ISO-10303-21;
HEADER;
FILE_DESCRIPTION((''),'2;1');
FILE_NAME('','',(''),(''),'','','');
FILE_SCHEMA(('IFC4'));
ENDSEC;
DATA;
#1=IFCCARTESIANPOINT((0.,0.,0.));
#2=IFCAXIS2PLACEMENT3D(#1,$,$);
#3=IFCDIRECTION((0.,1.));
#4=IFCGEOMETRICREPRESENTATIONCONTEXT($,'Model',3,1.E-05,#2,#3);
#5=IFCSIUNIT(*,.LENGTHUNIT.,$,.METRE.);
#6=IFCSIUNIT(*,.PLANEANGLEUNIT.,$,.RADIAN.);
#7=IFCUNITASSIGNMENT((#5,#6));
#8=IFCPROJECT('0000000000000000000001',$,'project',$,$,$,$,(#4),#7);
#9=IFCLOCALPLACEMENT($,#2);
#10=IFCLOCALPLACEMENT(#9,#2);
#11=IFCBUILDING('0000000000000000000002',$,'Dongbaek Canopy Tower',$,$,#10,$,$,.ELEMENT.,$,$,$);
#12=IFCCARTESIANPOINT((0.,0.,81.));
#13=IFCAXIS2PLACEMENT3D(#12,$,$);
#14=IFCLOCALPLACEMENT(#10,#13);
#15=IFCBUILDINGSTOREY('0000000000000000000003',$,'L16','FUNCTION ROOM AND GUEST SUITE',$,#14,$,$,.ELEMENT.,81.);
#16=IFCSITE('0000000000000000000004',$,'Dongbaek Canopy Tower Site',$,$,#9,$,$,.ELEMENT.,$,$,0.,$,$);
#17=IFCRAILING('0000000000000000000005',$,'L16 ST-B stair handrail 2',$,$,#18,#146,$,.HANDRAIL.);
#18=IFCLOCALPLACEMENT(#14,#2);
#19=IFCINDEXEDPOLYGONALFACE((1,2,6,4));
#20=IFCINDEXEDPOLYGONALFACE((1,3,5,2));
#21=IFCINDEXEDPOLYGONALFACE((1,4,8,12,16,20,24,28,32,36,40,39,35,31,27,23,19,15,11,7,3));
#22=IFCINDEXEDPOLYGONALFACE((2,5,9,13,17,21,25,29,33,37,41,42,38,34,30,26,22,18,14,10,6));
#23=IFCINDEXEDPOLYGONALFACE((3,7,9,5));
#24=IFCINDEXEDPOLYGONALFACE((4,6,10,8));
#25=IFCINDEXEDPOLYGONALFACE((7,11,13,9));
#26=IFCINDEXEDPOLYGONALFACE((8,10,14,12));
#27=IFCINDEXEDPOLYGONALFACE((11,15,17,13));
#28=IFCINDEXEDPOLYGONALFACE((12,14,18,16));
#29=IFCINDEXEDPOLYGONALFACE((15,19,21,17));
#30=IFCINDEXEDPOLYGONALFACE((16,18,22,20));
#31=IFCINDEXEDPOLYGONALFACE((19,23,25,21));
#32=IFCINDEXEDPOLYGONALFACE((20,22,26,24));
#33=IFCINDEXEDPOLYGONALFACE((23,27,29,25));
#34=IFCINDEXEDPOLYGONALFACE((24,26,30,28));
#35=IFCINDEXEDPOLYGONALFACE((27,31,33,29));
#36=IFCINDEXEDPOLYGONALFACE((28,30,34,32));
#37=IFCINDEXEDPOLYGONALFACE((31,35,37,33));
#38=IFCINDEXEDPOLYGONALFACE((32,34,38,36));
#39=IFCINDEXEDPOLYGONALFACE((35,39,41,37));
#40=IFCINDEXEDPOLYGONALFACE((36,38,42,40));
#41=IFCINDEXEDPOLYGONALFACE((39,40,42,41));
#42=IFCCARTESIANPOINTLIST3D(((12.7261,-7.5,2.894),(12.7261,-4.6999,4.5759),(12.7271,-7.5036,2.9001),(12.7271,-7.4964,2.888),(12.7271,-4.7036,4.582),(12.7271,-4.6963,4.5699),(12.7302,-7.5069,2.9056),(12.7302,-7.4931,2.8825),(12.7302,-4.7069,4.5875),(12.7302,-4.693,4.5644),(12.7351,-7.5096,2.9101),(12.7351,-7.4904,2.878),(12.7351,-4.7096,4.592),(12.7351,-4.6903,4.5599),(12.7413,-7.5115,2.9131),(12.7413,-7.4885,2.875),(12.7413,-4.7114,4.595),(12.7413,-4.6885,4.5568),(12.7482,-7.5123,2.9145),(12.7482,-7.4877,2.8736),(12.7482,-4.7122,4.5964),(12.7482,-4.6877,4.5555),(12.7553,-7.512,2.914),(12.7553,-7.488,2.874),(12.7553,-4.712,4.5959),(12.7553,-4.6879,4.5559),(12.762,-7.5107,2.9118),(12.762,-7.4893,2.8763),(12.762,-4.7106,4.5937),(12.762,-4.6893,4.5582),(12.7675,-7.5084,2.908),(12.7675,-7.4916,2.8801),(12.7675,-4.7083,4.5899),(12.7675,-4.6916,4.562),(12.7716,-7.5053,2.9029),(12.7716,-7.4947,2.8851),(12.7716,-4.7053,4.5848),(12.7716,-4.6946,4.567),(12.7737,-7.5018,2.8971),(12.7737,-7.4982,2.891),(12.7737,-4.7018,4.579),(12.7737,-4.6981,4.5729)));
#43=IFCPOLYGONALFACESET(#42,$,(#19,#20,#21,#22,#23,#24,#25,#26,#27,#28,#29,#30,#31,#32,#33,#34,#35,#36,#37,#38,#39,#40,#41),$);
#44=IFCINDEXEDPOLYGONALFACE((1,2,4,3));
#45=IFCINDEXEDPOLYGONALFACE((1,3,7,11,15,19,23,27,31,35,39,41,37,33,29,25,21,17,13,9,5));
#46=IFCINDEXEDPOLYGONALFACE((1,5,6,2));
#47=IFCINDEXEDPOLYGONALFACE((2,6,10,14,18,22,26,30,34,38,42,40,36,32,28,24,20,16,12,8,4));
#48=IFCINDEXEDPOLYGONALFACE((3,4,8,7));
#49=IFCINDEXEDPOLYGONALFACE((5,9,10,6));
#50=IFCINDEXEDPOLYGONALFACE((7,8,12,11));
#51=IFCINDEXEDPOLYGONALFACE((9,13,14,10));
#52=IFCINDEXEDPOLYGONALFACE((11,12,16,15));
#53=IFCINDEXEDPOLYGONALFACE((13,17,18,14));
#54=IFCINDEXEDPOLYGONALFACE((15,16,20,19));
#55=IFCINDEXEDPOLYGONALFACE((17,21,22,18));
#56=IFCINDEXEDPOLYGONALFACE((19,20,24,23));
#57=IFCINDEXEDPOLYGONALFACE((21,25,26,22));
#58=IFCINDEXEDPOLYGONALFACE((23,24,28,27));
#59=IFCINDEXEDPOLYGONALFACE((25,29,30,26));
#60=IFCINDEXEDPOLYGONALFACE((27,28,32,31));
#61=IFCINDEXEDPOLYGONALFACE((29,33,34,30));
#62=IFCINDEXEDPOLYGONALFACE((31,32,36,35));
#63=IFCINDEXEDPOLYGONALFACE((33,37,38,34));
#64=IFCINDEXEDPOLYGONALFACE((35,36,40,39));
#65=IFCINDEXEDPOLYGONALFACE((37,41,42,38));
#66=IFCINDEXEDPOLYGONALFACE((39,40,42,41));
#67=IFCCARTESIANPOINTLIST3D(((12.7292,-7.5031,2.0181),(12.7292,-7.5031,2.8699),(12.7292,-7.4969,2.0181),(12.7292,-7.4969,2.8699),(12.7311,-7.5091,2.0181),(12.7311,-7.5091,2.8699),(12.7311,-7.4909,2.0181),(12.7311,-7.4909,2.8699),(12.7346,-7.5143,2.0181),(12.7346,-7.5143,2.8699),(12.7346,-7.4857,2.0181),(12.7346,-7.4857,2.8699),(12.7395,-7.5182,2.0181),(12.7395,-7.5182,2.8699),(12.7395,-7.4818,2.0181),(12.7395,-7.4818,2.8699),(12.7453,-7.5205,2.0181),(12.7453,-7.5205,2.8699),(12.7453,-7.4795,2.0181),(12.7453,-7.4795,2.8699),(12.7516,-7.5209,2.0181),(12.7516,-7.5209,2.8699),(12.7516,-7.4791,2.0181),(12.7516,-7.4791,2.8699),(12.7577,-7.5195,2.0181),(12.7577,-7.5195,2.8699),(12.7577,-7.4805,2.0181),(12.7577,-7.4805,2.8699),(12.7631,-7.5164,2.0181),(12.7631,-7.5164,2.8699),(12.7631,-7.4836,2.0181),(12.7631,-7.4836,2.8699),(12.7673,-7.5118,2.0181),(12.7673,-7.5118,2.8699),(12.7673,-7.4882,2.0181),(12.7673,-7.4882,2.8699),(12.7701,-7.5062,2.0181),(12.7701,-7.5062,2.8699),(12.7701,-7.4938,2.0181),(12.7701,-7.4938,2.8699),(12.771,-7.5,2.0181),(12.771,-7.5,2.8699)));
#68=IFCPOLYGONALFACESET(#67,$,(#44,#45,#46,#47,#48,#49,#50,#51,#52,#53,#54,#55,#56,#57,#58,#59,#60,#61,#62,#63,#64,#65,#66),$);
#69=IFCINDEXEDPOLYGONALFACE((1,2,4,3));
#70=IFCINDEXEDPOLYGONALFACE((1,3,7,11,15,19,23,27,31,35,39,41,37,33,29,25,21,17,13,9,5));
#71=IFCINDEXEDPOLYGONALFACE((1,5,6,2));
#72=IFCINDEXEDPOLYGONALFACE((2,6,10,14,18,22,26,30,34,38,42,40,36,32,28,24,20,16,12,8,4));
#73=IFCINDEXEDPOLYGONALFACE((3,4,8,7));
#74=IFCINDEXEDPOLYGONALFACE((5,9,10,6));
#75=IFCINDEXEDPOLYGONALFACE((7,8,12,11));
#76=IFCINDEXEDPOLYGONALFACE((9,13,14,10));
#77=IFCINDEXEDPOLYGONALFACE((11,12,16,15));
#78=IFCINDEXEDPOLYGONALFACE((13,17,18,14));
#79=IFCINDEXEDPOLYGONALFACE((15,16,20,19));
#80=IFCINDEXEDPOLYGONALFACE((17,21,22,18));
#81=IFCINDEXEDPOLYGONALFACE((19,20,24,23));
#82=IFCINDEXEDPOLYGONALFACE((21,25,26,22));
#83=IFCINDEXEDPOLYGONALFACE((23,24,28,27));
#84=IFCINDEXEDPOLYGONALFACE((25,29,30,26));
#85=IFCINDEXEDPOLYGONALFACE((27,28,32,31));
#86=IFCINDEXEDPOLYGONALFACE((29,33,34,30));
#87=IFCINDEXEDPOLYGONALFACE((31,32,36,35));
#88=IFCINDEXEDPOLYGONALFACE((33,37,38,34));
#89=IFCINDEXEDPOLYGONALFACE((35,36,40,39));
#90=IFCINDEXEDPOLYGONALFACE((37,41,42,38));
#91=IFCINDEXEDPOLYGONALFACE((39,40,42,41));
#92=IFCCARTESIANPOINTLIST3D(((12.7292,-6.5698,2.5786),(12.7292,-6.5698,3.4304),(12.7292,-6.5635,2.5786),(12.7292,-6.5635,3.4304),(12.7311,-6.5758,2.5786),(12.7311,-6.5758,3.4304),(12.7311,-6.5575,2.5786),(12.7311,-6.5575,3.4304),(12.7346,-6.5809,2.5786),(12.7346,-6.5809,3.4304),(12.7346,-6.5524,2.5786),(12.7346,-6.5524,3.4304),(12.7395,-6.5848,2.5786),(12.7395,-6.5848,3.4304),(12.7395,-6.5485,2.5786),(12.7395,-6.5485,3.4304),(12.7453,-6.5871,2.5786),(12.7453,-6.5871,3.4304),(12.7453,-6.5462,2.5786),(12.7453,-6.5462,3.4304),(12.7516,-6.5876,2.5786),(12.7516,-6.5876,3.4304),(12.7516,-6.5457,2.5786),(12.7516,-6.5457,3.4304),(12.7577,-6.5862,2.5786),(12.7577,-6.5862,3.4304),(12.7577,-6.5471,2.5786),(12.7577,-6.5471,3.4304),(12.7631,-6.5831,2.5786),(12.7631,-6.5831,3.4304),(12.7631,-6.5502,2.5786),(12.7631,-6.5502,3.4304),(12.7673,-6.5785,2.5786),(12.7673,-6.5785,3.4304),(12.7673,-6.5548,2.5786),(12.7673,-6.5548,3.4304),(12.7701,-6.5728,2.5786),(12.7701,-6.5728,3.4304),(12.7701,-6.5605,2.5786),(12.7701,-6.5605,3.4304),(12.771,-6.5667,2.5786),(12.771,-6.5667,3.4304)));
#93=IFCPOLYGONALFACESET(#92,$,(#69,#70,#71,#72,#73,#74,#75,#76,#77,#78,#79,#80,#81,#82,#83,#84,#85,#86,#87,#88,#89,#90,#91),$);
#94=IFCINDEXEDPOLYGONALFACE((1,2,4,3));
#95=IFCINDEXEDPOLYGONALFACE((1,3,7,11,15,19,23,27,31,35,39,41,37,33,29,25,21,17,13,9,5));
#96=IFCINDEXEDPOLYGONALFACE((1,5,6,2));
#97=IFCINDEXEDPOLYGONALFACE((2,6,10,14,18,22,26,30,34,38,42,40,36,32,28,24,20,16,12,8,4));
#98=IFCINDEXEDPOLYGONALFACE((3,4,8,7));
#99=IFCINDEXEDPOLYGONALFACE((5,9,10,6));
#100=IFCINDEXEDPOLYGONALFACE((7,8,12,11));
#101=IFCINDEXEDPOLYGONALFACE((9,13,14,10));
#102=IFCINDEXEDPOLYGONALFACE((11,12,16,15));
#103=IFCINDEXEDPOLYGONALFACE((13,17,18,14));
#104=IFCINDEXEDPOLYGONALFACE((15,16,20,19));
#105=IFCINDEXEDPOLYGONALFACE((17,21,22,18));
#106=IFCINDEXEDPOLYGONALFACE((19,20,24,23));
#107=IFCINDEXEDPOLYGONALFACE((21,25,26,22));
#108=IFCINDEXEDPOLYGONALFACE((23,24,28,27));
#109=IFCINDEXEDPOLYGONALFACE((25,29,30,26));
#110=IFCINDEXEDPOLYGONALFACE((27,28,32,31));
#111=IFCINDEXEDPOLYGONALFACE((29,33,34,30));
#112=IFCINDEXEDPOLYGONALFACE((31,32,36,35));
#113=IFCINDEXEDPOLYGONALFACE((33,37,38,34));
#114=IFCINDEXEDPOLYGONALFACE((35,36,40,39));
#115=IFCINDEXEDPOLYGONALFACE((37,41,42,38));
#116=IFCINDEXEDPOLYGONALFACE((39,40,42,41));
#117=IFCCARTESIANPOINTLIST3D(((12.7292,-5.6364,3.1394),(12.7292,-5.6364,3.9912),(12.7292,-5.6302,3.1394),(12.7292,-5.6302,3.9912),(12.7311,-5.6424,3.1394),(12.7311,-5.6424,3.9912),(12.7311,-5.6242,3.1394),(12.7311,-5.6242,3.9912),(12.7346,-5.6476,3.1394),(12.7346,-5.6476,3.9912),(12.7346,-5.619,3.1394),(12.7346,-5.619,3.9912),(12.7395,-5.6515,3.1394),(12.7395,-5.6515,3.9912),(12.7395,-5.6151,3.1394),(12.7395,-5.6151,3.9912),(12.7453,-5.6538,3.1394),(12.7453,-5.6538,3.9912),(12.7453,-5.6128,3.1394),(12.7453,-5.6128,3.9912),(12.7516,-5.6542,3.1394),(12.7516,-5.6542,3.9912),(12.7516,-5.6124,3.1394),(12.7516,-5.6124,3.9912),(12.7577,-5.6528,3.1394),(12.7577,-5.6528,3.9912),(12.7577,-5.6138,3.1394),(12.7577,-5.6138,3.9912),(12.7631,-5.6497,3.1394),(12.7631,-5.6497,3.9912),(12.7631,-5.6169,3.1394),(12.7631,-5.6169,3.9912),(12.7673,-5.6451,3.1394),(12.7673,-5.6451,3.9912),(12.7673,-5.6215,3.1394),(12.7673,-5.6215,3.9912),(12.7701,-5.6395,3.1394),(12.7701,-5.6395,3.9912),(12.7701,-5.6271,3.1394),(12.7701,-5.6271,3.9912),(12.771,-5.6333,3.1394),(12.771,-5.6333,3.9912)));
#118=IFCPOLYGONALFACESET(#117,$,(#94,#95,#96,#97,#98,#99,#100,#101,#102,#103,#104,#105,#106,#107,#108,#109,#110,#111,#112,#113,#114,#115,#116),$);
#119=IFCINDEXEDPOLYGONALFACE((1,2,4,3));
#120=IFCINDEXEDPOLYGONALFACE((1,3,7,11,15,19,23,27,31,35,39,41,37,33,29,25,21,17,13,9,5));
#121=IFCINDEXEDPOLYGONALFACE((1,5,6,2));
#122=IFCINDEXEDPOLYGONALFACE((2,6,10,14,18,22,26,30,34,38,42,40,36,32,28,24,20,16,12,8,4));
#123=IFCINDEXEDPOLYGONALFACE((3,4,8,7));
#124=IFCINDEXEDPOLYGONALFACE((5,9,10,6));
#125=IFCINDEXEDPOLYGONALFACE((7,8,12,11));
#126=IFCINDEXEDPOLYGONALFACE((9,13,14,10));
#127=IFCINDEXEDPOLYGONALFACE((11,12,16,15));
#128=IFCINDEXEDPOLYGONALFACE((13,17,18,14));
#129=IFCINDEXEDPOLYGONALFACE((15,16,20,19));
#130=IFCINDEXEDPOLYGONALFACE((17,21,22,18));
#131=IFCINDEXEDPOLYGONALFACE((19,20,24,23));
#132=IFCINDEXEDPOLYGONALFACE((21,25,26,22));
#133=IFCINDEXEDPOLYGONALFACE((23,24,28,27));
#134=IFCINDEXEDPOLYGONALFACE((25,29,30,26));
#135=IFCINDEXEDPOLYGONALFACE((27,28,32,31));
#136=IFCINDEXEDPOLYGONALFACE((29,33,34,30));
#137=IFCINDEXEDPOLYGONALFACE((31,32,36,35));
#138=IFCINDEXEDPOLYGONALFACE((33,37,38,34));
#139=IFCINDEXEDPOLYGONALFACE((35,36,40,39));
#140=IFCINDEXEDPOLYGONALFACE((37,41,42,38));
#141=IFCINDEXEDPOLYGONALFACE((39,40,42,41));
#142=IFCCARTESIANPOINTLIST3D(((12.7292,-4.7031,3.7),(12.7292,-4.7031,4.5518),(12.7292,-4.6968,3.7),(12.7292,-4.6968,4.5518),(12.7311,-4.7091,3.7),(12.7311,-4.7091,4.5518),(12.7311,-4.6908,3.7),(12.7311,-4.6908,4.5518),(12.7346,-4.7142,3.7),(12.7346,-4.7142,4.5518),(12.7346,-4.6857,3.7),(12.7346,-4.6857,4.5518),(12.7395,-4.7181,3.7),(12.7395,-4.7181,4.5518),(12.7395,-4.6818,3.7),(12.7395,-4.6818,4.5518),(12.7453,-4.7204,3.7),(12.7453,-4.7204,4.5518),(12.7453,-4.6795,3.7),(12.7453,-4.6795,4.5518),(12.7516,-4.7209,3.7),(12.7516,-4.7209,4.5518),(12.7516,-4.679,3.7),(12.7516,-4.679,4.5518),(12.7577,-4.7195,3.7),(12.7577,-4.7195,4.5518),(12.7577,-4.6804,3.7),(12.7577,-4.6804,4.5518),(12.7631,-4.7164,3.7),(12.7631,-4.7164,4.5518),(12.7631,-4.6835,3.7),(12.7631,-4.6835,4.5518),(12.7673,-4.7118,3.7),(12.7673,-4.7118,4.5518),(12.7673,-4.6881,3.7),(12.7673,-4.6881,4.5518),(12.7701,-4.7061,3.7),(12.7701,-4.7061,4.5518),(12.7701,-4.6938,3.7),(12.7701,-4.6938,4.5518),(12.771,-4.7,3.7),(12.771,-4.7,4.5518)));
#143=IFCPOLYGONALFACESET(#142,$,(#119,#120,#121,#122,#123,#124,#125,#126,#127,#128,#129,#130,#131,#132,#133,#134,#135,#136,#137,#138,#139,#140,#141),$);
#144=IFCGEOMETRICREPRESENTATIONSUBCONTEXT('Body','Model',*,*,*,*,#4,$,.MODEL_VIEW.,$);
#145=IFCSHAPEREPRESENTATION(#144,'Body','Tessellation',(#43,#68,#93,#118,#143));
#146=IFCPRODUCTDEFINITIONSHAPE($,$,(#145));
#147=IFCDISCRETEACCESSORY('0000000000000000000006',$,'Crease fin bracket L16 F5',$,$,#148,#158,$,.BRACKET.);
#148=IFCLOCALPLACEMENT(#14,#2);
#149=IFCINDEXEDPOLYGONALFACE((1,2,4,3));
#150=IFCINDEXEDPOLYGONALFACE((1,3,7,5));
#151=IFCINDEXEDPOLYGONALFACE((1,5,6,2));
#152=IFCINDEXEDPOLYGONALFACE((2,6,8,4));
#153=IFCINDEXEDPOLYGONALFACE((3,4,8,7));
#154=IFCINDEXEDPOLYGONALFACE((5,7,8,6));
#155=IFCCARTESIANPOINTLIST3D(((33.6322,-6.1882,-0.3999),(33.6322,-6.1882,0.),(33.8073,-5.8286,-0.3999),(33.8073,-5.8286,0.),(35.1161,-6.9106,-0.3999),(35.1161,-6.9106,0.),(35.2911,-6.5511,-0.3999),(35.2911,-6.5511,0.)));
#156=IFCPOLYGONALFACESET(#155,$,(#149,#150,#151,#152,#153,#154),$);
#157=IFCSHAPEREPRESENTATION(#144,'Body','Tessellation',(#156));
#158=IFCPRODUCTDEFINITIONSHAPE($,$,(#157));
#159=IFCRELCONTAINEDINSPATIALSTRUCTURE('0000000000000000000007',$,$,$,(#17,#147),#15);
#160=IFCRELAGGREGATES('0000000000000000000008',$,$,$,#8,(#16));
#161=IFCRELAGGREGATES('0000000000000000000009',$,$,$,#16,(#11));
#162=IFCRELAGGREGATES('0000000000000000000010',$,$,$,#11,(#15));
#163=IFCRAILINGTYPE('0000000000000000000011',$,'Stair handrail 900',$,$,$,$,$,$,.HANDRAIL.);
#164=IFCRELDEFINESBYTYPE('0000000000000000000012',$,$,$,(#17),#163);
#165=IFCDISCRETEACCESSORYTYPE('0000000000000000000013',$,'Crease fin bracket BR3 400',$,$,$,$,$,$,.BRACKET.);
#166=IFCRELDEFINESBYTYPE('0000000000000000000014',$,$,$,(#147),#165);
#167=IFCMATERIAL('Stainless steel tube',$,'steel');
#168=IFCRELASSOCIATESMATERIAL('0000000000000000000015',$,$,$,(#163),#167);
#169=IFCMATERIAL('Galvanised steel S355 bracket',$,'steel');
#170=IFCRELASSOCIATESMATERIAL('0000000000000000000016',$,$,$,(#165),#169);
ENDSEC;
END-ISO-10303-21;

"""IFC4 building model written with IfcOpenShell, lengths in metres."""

from ifc_helpers import new_model, si_unit, direction, frame, origin, origin_2d, place, context, subcontext, project, spatial, rectangle, circle, extrude, material, type_object, element, save


model = new_model("IFC4")

# Units and contexts
model_context = context("Model", 3, precision=1e-05, world=origin(), true_north=direction((0.0, 1.0)))
body_context = subcontext(model_context, "Body", "Model", "MODEL_VIEW")
ifc_project = project(units=[si_unit("LENGTHUNIT", "METRE"), si_unit("PLANEANGLEUNIT", "RADIAN")], contexts=[model_context])

# Site, building, storey
site_placement = place(None, origin())
site = spatial("IfcSite", under=ifc_project, at=site_placement, Name="Dongbaek Canopy Tower Site", CompositionType="ELEMENT", RefElevation=0.0)
building_placement = place(site_placement, origin())
building = spatial("IfcBuilding", under=site, at=building_placement, Name="Dongbaek Canopy Tower", CompositionType="ELEMENT")
storey_placement = place(building_placement, frame((0.0, 0.0, 81.0)))
storey = spatial("IfcBuildingStorey", under=building, at=storey_placement, Name="L16", Description="FUNCTION ROOM AND GUEST SUITE", CompositionType="ELEMENT", Elevation=81.0)

# Railing
ifc_material_1 = material(Name="Stainless steel tube", Category="steel")
railing_type_1 = type_object("IfcRailingType", Name="Stair handrail 900", PredefinedType="HANDRAIL", material=ifc_material_1)
railing_1_placement = place(storey_placement, frame((12.75, -7.5, 2.0181)))
element("IfcRailing", 1, at=railing_1_placement, inside=storey, type_object=railing_type_1, Name="L16 ST-B stair handrail 2", PredefinedType="HANDRAIL", context=body_context, shape_type="SweptSolid", body=[
    extrude(circle(Radius=0.0239, at=origin_2d()), frame((0.0, 0.0, 0.876), z_axis=(0.0, 0.857242, 0.514913), x_axis=(-1.0, 0.0, 0.0)), (0.0, 0.0, 1.0), 3.2664),
    extrude(circle(Radius=0.021, at=origin_2d()), origin(), (0.0, 0.0, 1.0), 0.8518),
    extrude(circle(Radius=0.021, at=origin_2d()), frame((0.0, 0.9333, 0.5605)), (0.0, 0.0, 1.0), 0.8518),
    extrude(circle(Radius=0.021, at=origin_2d()), frame((0.0, 1.8667, 1.1213)), (0.0, 0.0, 1.0), 0.8518),
    extrude(circle(Radius=0.021, at=origin_2d()), frame((0.0, 2.8, 1.6819)), (0.0, 0.0, 1.0), 0.8518),
])

# Discrete accessory
ifc_material_2 = material(Name="Galvanised steel S355 bracket", Category="steel")
discrete_accessory_type = type_object("IfcDiscreteAccessoryType", Name="Crease fin bracket BR3 400", PredefinedType="BRACKET", material=ifc_material_2)
discrete_accessory_placement = place(storey_placement, frame((34.4617, -6.3696, -0.3999), z_axis=(0.0, 0.0, 1.0), x_axis=(0.899092, -0.437759, 0.0)))
element("IfcDiscreteAccessory", 2, at=discrete_accessory_placement, inside=storey, type_object=discrete_accessory_type, Name="Crease fin bracket L16 F5", PredefinedType="BRACKET", context=body_context, shape_type="SweptSolid", body=[
    extrude(rectangle(XDim=1.6504, YDim=0.3999, at=origin_2d()), origin(), (0.0, 0.0, 1.0), 0.3999),
])

save(model, "model.ifc")
